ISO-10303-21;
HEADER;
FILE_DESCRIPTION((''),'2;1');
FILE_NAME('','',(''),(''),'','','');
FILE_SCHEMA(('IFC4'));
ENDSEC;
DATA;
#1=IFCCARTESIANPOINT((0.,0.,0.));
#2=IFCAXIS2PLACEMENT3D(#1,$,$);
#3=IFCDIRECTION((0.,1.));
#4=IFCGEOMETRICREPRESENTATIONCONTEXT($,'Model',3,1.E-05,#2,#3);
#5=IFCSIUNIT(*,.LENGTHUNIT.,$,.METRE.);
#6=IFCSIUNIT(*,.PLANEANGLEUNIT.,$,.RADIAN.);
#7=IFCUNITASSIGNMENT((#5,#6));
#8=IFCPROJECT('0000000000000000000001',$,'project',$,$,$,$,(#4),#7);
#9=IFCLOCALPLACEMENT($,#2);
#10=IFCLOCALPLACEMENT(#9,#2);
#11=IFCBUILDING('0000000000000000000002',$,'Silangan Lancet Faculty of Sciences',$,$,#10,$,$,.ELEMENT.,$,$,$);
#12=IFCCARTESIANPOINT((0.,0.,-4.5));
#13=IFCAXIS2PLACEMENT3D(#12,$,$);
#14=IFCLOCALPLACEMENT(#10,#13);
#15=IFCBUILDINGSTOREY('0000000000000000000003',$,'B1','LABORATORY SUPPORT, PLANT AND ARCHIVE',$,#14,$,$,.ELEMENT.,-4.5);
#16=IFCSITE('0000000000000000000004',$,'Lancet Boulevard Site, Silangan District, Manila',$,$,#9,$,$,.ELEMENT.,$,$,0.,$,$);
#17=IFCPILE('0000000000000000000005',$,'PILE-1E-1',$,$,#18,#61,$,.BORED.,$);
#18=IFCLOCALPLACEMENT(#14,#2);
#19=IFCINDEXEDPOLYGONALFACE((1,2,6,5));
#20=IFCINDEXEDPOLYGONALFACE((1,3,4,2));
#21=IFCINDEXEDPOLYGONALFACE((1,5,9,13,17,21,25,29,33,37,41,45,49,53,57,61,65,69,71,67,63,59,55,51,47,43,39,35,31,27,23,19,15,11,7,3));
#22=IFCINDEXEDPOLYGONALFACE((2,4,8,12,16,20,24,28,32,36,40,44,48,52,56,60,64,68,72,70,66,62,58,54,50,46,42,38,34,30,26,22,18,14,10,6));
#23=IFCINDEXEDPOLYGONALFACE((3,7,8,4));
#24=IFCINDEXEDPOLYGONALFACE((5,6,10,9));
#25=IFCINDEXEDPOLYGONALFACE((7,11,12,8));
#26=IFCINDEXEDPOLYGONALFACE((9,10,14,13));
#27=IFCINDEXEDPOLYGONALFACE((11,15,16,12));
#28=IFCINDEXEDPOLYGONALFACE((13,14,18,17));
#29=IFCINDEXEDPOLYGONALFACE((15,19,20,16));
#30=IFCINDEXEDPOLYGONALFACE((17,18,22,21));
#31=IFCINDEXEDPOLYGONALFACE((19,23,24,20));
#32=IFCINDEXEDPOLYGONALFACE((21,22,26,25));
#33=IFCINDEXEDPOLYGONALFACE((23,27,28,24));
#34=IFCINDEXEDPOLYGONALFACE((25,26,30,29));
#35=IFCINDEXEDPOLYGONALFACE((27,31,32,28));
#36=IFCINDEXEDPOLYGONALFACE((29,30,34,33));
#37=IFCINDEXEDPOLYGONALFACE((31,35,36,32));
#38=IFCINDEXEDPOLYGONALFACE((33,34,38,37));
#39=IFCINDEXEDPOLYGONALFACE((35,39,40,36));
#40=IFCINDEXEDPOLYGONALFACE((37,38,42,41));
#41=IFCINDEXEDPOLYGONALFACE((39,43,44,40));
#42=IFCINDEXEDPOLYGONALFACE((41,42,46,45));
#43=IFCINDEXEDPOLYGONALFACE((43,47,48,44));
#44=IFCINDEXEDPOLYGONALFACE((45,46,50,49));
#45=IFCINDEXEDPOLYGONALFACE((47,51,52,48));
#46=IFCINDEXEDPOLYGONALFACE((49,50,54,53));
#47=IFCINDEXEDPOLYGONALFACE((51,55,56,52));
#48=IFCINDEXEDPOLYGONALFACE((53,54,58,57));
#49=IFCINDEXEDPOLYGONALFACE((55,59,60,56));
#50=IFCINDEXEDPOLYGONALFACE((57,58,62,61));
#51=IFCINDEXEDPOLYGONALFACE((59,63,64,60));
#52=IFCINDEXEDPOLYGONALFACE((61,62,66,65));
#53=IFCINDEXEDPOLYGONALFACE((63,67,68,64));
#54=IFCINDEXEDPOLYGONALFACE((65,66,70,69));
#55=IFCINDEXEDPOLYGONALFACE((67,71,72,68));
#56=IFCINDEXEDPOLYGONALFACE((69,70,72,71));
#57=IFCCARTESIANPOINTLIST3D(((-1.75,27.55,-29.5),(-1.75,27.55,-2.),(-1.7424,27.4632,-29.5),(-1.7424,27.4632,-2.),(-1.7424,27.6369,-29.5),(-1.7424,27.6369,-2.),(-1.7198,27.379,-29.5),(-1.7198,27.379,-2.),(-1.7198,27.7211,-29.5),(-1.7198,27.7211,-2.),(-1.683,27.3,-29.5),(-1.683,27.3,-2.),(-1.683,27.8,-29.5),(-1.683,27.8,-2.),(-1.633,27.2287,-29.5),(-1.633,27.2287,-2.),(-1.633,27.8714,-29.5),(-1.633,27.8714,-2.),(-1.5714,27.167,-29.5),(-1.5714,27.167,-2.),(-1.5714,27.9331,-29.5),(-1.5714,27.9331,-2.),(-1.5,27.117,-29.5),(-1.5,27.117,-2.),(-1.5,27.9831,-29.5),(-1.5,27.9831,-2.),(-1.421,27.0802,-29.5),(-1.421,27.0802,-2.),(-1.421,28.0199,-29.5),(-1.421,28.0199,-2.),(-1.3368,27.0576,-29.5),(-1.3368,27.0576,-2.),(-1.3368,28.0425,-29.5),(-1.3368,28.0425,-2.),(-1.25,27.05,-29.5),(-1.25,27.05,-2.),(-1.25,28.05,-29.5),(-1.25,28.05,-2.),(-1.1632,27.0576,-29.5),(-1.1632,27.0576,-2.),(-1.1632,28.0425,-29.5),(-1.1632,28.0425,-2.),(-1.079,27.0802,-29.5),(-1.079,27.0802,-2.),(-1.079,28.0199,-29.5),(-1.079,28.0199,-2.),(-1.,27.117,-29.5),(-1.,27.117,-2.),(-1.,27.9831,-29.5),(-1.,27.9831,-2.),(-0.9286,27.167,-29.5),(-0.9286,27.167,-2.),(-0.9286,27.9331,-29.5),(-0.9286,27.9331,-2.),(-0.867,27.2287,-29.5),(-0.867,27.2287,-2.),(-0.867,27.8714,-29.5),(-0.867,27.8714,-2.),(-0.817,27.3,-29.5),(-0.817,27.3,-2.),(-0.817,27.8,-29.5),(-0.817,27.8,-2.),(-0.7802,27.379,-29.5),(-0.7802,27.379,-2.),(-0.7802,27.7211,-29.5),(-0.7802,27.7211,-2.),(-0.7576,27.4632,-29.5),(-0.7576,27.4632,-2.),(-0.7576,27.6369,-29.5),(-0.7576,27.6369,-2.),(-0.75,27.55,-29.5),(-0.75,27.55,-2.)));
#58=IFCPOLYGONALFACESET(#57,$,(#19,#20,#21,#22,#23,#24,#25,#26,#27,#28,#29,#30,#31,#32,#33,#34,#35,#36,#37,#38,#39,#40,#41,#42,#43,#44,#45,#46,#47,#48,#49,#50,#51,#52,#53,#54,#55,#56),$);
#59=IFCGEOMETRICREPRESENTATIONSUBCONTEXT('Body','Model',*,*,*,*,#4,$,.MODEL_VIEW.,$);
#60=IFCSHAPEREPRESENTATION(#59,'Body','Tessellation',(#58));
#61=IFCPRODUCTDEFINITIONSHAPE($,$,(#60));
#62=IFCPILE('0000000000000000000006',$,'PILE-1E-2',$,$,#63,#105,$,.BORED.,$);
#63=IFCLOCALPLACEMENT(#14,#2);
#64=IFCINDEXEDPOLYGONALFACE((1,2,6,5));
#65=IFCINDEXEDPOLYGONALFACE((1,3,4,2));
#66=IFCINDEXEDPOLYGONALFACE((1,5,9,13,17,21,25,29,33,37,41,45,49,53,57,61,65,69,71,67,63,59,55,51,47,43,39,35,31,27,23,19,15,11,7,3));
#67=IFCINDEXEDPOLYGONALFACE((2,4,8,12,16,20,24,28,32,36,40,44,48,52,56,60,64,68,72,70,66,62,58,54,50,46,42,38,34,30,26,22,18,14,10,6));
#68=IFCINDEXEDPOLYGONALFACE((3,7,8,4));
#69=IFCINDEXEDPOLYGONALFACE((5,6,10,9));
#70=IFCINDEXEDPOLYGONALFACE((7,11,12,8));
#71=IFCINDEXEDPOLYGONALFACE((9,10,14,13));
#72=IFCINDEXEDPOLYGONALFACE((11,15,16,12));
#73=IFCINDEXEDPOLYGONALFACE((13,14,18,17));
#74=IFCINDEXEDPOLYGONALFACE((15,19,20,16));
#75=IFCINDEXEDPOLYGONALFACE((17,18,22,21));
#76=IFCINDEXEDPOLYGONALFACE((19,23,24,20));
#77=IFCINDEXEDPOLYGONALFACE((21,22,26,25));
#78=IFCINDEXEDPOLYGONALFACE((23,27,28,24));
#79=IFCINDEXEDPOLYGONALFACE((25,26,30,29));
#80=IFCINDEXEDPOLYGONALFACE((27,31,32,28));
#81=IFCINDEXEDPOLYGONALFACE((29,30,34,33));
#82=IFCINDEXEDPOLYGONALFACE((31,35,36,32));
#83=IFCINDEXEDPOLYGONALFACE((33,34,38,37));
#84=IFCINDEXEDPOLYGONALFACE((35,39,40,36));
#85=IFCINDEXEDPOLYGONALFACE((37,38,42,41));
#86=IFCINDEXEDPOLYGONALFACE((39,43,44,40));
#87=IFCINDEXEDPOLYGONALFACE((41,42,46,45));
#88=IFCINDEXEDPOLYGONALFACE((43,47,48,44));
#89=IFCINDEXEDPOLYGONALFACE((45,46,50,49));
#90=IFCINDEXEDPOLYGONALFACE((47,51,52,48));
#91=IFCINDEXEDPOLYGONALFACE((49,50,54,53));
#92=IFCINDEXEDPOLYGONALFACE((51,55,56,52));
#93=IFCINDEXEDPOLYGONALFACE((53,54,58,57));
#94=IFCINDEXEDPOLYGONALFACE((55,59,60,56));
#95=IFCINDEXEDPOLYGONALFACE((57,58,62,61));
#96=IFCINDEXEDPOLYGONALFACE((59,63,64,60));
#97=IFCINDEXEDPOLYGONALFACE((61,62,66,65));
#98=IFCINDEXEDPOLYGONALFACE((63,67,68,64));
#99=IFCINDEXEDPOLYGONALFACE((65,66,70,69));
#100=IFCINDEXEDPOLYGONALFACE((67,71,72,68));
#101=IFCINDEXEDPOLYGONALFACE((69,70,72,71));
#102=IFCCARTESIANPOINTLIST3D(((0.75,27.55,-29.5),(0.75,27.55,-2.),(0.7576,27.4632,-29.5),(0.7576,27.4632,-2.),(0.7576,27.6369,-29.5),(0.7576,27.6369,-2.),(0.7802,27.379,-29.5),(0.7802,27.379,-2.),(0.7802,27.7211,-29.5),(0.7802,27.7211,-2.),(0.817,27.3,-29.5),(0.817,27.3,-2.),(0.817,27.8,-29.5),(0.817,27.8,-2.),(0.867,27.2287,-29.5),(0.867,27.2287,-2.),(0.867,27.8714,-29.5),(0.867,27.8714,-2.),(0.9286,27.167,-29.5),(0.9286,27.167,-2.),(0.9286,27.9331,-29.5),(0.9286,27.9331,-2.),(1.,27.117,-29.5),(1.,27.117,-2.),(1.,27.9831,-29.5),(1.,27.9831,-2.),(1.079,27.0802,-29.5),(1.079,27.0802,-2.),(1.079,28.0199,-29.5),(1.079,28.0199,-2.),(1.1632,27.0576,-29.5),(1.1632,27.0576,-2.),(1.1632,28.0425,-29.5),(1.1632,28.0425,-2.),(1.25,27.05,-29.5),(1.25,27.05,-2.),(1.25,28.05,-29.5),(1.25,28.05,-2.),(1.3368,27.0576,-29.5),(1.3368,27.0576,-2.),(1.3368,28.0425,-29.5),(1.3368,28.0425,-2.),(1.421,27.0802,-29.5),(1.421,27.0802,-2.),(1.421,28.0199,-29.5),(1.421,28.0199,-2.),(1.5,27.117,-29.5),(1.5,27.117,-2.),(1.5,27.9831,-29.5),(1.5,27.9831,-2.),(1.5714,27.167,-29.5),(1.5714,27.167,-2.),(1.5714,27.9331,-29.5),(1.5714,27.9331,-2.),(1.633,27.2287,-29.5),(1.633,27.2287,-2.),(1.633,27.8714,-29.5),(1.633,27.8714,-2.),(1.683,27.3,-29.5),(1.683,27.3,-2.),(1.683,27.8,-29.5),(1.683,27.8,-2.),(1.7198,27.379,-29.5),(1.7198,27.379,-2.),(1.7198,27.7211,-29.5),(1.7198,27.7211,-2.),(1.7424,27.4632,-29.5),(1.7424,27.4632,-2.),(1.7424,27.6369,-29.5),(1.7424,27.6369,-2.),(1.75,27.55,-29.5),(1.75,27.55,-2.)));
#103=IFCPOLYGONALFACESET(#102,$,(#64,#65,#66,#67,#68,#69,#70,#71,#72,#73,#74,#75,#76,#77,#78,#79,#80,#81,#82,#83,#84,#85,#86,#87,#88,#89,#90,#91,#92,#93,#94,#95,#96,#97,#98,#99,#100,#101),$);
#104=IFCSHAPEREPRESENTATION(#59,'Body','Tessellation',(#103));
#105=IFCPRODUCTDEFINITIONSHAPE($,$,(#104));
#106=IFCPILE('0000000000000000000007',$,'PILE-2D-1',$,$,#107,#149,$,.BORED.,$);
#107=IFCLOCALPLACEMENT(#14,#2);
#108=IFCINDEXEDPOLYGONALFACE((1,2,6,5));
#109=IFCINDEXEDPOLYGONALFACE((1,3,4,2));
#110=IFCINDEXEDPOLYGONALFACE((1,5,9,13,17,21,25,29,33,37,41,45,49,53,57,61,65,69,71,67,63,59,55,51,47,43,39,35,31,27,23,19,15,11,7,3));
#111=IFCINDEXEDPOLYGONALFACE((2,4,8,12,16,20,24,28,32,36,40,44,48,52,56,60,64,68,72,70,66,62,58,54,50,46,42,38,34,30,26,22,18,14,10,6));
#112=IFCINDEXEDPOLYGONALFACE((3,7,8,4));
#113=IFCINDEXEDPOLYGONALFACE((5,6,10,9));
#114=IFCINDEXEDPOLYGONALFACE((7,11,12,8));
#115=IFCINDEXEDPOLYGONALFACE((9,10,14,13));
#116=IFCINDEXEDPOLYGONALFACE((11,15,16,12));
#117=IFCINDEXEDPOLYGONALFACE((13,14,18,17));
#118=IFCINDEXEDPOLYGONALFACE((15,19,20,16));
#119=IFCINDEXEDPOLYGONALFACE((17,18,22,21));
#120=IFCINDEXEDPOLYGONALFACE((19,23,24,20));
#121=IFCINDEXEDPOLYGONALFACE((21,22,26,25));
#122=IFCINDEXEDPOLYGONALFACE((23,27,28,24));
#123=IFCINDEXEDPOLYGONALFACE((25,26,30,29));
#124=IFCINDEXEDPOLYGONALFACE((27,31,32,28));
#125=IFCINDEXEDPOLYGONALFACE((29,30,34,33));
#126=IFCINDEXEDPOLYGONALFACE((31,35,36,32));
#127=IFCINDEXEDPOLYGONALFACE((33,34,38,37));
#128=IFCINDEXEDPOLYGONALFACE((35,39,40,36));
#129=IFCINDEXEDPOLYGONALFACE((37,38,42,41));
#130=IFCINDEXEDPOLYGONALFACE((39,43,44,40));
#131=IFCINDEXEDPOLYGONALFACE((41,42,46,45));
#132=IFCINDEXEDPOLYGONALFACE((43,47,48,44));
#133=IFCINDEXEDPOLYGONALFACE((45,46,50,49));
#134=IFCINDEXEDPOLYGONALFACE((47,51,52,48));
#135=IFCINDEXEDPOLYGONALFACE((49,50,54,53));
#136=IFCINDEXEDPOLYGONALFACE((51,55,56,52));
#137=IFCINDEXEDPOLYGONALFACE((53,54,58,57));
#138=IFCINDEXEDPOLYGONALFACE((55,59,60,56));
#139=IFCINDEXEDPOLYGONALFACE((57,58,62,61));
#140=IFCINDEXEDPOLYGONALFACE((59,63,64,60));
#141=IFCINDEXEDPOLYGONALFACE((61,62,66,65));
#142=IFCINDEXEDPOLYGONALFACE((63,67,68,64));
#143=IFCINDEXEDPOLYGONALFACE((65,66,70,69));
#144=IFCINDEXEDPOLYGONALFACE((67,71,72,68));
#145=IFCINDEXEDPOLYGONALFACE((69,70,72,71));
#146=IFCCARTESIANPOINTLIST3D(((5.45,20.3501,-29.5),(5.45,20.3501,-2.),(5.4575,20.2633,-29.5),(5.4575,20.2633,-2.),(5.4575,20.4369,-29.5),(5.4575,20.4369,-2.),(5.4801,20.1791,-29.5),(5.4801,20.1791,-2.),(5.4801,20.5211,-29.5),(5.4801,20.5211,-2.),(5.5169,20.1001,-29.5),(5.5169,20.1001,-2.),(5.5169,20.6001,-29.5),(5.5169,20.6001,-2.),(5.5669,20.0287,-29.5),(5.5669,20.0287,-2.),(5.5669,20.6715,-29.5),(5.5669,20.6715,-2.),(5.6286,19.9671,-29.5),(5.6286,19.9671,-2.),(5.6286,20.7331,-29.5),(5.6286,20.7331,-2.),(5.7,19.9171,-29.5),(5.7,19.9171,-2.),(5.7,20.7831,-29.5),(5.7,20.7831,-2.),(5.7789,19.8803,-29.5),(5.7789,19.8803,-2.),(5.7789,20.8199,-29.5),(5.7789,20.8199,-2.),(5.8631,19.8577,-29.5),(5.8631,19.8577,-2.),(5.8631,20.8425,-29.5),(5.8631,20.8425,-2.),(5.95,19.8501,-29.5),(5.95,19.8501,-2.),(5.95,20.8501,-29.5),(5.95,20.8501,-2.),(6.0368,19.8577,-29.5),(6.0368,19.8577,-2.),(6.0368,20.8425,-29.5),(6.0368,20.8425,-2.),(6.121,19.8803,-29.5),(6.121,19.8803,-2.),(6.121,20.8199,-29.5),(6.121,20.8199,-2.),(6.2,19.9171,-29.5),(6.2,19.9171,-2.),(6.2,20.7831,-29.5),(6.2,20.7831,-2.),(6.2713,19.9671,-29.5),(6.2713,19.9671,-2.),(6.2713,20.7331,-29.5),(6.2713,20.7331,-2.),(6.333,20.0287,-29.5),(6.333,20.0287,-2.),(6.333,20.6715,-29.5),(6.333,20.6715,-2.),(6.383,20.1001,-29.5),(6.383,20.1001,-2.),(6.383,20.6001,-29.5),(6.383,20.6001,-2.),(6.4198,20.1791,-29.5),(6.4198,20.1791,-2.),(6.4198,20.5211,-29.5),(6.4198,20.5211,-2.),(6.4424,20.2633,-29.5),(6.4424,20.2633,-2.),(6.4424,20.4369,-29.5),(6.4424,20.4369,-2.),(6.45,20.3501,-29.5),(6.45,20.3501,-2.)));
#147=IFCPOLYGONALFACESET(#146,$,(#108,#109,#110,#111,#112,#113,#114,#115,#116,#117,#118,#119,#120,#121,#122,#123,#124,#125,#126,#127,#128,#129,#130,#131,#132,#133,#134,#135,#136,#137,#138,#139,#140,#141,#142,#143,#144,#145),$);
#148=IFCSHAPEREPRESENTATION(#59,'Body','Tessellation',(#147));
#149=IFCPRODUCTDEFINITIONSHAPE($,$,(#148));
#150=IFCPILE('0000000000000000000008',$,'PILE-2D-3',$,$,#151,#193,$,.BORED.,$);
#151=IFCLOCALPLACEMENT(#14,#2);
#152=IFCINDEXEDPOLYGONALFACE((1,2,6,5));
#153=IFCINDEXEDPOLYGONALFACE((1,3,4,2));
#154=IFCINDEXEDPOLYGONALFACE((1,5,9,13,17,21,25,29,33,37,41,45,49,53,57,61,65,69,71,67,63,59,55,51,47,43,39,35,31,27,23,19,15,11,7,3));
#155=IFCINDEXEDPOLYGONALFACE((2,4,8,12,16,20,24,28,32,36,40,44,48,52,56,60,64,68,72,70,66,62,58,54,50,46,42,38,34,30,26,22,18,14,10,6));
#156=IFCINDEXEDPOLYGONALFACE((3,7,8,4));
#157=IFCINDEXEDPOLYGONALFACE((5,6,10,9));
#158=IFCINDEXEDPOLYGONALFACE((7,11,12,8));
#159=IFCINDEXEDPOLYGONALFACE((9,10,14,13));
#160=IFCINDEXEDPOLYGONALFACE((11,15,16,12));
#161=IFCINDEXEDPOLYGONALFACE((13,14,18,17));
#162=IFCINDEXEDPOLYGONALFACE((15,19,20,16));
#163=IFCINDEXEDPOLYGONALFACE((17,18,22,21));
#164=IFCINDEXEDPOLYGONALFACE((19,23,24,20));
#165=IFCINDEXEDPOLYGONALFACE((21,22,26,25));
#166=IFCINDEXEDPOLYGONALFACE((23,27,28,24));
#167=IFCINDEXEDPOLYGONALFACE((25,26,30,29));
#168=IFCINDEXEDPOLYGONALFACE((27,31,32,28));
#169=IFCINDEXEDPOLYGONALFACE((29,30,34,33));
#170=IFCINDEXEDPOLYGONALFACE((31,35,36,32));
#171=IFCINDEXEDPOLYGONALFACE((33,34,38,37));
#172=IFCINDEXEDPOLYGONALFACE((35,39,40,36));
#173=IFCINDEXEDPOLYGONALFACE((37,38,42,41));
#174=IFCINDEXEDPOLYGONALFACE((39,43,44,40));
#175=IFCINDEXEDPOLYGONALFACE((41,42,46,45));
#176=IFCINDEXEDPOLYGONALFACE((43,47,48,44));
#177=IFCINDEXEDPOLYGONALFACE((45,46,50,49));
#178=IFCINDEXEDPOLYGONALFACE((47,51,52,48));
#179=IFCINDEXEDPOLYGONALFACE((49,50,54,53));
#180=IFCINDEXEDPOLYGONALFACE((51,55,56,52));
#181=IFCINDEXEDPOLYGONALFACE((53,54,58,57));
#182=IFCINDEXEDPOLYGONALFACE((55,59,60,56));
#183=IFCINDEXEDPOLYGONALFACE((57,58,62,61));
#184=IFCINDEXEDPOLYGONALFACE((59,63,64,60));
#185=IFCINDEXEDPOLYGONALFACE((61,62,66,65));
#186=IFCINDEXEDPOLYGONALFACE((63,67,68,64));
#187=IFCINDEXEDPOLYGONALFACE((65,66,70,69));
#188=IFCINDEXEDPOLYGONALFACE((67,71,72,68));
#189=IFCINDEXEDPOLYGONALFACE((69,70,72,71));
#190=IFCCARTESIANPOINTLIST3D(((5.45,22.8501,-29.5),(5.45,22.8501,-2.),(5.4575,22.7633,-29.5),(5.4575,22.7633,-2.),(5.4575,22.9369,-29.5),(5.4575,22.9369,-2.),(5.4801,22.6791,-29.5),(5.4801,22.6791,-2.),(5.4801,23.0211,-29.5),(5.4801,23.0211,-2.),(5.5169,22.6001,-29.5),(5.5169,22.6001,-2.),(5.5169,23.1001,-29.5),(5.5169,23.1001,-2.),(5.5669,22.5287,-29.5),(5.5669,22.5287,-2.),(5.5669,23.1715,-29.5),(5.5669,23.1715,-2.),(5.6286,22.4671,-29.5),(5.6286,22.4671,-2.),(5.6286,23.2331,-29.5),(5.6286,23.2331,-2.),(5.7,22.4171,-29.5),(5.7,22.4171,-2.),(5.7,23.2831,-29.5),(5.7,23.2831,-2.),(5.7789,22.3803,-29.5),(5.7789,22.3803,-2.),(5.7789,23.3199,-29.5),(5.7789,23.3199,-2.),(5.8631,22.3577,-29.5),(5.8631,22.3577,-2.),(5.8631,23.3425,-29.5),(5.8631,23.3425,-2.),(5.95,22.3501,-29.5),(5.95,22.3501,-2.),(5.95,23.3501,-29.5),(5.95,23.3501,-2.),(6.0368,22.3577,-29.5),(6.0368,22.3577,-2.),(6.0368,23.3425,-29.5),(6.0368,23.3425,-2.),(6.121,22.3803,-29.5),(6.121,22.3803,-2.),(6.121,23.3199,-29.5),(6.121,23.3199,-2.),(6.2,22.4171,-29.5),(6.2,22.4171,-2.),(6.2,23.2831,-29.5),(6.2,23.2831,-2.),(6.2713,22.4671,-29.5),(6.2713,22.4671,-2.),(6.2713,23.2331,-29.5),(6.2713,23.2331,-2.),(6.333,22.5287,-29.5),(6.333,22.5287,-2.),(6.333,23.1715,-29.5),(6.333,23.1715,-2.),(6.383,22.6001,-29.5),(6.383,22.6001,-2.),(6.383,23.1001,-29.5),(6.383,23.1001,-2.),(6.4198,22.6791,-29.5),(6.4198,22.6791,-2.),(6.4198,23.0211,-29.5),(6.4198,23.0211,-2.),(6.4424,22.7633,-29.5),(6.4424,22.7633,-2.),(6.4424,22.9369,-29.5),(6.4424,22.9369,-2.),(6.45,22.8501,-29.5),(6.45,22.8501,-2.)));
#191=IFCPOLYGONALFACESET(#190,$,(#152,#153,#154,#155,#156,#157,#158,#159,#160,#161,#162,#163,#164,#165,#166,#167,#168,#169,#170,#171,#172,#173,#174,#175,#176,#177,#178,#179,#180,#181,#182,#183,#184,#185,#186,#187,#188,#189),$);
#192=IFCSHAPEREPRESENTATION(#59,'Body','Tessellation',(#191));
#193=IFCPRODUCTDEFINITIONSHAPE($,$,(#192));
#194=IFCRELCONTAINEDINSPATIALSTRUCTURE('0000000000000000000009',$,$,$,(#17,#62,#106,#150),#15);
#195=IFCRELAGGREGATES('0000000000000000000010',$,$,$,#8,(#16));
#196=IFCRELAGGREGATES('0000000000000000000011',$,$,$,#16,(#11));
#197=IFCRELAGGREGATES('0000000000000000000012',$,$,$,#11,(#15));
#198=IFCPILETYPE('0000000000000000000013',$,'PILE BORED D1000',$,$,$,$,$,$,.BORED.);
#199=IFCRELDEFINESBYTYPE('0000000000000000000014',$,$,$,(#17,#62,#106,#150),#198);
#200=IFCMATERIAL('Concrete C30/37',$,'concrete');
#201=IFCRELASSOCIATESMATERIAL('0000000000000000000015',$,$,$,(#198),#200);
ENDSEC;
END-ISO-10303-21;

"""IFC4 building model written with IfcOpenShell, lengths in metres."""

from ifc_helpers import new_model, si_unit, direction, frame, origin, origin_2d, place, context, subcontext, project, spatial, circle, extrude, material, material_profile, profile_set, type_object, element, save


model = new_model("IFC4")

# Units and contexts
model_context = context("Model", 3, precision=1e-05, world=origin(), true_north=direction((0.0, 1.0)))
body_context = subcontext(model_context, "Body", "Model", "MODEL_VIEW")
ifc_project = project(units=[si_unit("LENGTHUNIT", "METRE"), si_unit("PLANEANGLEUNIT", "RADIAN")], contexts=[model_context])

# Site, building, storey
site_placement = place(None, origin())
site = spatial("IfcSite", under=ifc_project, at=site_placement, Name="Lancet Boulevard Site, Silangan District, Manila", CompositionType="ELEMENT", RefElevation=0.0)
building_placement = place(site_placement, origin())
building = spatial("IfcBuilding", under=site, at=building_placement, Name="Silangan Lancet Faculty of Sciences", CompositionType="ELEMENT")
storey_placement = place(building_placement, frame((0.0, 0.0, -4.5)))
storey = spatial("IfcBuildingStorey", under=building, at=storey_placement, Name="B1", Description="LABORATORY SUPPORT, PLANT AND ARCHIVE", CompositionType="ELEMENT", Elevation=-4.5)

# Piles
ifc_material_1 = material(Name="Concrete C30/37", Category="concrete")
ifc_material_profile_1 = material_profile(ifc_material_1, circle(Radius=0.5, at=origin_2d()), Name="BORED PILE D1000")
ifc_profile_set_1 = profile_set([ifc_material_profile_1], Name="Concrete C30/37")
pile_type = type_object("IfcPileType", Name="PILE BORED D1000", PredefinedType="BORED", material=ifc_profile_set_1)
for number, where, z_axis, x_axis, name in (
    (1, (-1.25, 27.55, -2.0), (0.0, 0.0, -1.0), (1.0, 0.0, 0.0), "PILE-1E-1"),
    (2, (1.25, 27.55, -2.0), (0.0, 0.0, -1.0), (1.0, 0.0, 0.0), "PILE-1E-2"),
    (3, (5.95, 20.3501, -2.0), (0.0, 0.0, -1.0), (1.0, 0.0, 0.0), "PILE-2D-1"),
    (4, (5.95, 22.8501, -2.0), (0.0, 0.0, -1.0), (1.0, 0.0, 0.0), "PILE-2D-3"),
):
    element("IfcPile", number, at=place(storey_placement, frame(where, z_axis=z_axis, x_axis=x_axis)), inside=storey, type_object=pile_type, Name=name, PredefinedType="BORED", context=body_context, shape_type="SweptSolid", body=[
        extrude(circle(Radius=0.5, at=origin_2d()), origin(), (0.0, 0.0, 1.0), 27.5),
    ])

save(model, "model.ifc")
